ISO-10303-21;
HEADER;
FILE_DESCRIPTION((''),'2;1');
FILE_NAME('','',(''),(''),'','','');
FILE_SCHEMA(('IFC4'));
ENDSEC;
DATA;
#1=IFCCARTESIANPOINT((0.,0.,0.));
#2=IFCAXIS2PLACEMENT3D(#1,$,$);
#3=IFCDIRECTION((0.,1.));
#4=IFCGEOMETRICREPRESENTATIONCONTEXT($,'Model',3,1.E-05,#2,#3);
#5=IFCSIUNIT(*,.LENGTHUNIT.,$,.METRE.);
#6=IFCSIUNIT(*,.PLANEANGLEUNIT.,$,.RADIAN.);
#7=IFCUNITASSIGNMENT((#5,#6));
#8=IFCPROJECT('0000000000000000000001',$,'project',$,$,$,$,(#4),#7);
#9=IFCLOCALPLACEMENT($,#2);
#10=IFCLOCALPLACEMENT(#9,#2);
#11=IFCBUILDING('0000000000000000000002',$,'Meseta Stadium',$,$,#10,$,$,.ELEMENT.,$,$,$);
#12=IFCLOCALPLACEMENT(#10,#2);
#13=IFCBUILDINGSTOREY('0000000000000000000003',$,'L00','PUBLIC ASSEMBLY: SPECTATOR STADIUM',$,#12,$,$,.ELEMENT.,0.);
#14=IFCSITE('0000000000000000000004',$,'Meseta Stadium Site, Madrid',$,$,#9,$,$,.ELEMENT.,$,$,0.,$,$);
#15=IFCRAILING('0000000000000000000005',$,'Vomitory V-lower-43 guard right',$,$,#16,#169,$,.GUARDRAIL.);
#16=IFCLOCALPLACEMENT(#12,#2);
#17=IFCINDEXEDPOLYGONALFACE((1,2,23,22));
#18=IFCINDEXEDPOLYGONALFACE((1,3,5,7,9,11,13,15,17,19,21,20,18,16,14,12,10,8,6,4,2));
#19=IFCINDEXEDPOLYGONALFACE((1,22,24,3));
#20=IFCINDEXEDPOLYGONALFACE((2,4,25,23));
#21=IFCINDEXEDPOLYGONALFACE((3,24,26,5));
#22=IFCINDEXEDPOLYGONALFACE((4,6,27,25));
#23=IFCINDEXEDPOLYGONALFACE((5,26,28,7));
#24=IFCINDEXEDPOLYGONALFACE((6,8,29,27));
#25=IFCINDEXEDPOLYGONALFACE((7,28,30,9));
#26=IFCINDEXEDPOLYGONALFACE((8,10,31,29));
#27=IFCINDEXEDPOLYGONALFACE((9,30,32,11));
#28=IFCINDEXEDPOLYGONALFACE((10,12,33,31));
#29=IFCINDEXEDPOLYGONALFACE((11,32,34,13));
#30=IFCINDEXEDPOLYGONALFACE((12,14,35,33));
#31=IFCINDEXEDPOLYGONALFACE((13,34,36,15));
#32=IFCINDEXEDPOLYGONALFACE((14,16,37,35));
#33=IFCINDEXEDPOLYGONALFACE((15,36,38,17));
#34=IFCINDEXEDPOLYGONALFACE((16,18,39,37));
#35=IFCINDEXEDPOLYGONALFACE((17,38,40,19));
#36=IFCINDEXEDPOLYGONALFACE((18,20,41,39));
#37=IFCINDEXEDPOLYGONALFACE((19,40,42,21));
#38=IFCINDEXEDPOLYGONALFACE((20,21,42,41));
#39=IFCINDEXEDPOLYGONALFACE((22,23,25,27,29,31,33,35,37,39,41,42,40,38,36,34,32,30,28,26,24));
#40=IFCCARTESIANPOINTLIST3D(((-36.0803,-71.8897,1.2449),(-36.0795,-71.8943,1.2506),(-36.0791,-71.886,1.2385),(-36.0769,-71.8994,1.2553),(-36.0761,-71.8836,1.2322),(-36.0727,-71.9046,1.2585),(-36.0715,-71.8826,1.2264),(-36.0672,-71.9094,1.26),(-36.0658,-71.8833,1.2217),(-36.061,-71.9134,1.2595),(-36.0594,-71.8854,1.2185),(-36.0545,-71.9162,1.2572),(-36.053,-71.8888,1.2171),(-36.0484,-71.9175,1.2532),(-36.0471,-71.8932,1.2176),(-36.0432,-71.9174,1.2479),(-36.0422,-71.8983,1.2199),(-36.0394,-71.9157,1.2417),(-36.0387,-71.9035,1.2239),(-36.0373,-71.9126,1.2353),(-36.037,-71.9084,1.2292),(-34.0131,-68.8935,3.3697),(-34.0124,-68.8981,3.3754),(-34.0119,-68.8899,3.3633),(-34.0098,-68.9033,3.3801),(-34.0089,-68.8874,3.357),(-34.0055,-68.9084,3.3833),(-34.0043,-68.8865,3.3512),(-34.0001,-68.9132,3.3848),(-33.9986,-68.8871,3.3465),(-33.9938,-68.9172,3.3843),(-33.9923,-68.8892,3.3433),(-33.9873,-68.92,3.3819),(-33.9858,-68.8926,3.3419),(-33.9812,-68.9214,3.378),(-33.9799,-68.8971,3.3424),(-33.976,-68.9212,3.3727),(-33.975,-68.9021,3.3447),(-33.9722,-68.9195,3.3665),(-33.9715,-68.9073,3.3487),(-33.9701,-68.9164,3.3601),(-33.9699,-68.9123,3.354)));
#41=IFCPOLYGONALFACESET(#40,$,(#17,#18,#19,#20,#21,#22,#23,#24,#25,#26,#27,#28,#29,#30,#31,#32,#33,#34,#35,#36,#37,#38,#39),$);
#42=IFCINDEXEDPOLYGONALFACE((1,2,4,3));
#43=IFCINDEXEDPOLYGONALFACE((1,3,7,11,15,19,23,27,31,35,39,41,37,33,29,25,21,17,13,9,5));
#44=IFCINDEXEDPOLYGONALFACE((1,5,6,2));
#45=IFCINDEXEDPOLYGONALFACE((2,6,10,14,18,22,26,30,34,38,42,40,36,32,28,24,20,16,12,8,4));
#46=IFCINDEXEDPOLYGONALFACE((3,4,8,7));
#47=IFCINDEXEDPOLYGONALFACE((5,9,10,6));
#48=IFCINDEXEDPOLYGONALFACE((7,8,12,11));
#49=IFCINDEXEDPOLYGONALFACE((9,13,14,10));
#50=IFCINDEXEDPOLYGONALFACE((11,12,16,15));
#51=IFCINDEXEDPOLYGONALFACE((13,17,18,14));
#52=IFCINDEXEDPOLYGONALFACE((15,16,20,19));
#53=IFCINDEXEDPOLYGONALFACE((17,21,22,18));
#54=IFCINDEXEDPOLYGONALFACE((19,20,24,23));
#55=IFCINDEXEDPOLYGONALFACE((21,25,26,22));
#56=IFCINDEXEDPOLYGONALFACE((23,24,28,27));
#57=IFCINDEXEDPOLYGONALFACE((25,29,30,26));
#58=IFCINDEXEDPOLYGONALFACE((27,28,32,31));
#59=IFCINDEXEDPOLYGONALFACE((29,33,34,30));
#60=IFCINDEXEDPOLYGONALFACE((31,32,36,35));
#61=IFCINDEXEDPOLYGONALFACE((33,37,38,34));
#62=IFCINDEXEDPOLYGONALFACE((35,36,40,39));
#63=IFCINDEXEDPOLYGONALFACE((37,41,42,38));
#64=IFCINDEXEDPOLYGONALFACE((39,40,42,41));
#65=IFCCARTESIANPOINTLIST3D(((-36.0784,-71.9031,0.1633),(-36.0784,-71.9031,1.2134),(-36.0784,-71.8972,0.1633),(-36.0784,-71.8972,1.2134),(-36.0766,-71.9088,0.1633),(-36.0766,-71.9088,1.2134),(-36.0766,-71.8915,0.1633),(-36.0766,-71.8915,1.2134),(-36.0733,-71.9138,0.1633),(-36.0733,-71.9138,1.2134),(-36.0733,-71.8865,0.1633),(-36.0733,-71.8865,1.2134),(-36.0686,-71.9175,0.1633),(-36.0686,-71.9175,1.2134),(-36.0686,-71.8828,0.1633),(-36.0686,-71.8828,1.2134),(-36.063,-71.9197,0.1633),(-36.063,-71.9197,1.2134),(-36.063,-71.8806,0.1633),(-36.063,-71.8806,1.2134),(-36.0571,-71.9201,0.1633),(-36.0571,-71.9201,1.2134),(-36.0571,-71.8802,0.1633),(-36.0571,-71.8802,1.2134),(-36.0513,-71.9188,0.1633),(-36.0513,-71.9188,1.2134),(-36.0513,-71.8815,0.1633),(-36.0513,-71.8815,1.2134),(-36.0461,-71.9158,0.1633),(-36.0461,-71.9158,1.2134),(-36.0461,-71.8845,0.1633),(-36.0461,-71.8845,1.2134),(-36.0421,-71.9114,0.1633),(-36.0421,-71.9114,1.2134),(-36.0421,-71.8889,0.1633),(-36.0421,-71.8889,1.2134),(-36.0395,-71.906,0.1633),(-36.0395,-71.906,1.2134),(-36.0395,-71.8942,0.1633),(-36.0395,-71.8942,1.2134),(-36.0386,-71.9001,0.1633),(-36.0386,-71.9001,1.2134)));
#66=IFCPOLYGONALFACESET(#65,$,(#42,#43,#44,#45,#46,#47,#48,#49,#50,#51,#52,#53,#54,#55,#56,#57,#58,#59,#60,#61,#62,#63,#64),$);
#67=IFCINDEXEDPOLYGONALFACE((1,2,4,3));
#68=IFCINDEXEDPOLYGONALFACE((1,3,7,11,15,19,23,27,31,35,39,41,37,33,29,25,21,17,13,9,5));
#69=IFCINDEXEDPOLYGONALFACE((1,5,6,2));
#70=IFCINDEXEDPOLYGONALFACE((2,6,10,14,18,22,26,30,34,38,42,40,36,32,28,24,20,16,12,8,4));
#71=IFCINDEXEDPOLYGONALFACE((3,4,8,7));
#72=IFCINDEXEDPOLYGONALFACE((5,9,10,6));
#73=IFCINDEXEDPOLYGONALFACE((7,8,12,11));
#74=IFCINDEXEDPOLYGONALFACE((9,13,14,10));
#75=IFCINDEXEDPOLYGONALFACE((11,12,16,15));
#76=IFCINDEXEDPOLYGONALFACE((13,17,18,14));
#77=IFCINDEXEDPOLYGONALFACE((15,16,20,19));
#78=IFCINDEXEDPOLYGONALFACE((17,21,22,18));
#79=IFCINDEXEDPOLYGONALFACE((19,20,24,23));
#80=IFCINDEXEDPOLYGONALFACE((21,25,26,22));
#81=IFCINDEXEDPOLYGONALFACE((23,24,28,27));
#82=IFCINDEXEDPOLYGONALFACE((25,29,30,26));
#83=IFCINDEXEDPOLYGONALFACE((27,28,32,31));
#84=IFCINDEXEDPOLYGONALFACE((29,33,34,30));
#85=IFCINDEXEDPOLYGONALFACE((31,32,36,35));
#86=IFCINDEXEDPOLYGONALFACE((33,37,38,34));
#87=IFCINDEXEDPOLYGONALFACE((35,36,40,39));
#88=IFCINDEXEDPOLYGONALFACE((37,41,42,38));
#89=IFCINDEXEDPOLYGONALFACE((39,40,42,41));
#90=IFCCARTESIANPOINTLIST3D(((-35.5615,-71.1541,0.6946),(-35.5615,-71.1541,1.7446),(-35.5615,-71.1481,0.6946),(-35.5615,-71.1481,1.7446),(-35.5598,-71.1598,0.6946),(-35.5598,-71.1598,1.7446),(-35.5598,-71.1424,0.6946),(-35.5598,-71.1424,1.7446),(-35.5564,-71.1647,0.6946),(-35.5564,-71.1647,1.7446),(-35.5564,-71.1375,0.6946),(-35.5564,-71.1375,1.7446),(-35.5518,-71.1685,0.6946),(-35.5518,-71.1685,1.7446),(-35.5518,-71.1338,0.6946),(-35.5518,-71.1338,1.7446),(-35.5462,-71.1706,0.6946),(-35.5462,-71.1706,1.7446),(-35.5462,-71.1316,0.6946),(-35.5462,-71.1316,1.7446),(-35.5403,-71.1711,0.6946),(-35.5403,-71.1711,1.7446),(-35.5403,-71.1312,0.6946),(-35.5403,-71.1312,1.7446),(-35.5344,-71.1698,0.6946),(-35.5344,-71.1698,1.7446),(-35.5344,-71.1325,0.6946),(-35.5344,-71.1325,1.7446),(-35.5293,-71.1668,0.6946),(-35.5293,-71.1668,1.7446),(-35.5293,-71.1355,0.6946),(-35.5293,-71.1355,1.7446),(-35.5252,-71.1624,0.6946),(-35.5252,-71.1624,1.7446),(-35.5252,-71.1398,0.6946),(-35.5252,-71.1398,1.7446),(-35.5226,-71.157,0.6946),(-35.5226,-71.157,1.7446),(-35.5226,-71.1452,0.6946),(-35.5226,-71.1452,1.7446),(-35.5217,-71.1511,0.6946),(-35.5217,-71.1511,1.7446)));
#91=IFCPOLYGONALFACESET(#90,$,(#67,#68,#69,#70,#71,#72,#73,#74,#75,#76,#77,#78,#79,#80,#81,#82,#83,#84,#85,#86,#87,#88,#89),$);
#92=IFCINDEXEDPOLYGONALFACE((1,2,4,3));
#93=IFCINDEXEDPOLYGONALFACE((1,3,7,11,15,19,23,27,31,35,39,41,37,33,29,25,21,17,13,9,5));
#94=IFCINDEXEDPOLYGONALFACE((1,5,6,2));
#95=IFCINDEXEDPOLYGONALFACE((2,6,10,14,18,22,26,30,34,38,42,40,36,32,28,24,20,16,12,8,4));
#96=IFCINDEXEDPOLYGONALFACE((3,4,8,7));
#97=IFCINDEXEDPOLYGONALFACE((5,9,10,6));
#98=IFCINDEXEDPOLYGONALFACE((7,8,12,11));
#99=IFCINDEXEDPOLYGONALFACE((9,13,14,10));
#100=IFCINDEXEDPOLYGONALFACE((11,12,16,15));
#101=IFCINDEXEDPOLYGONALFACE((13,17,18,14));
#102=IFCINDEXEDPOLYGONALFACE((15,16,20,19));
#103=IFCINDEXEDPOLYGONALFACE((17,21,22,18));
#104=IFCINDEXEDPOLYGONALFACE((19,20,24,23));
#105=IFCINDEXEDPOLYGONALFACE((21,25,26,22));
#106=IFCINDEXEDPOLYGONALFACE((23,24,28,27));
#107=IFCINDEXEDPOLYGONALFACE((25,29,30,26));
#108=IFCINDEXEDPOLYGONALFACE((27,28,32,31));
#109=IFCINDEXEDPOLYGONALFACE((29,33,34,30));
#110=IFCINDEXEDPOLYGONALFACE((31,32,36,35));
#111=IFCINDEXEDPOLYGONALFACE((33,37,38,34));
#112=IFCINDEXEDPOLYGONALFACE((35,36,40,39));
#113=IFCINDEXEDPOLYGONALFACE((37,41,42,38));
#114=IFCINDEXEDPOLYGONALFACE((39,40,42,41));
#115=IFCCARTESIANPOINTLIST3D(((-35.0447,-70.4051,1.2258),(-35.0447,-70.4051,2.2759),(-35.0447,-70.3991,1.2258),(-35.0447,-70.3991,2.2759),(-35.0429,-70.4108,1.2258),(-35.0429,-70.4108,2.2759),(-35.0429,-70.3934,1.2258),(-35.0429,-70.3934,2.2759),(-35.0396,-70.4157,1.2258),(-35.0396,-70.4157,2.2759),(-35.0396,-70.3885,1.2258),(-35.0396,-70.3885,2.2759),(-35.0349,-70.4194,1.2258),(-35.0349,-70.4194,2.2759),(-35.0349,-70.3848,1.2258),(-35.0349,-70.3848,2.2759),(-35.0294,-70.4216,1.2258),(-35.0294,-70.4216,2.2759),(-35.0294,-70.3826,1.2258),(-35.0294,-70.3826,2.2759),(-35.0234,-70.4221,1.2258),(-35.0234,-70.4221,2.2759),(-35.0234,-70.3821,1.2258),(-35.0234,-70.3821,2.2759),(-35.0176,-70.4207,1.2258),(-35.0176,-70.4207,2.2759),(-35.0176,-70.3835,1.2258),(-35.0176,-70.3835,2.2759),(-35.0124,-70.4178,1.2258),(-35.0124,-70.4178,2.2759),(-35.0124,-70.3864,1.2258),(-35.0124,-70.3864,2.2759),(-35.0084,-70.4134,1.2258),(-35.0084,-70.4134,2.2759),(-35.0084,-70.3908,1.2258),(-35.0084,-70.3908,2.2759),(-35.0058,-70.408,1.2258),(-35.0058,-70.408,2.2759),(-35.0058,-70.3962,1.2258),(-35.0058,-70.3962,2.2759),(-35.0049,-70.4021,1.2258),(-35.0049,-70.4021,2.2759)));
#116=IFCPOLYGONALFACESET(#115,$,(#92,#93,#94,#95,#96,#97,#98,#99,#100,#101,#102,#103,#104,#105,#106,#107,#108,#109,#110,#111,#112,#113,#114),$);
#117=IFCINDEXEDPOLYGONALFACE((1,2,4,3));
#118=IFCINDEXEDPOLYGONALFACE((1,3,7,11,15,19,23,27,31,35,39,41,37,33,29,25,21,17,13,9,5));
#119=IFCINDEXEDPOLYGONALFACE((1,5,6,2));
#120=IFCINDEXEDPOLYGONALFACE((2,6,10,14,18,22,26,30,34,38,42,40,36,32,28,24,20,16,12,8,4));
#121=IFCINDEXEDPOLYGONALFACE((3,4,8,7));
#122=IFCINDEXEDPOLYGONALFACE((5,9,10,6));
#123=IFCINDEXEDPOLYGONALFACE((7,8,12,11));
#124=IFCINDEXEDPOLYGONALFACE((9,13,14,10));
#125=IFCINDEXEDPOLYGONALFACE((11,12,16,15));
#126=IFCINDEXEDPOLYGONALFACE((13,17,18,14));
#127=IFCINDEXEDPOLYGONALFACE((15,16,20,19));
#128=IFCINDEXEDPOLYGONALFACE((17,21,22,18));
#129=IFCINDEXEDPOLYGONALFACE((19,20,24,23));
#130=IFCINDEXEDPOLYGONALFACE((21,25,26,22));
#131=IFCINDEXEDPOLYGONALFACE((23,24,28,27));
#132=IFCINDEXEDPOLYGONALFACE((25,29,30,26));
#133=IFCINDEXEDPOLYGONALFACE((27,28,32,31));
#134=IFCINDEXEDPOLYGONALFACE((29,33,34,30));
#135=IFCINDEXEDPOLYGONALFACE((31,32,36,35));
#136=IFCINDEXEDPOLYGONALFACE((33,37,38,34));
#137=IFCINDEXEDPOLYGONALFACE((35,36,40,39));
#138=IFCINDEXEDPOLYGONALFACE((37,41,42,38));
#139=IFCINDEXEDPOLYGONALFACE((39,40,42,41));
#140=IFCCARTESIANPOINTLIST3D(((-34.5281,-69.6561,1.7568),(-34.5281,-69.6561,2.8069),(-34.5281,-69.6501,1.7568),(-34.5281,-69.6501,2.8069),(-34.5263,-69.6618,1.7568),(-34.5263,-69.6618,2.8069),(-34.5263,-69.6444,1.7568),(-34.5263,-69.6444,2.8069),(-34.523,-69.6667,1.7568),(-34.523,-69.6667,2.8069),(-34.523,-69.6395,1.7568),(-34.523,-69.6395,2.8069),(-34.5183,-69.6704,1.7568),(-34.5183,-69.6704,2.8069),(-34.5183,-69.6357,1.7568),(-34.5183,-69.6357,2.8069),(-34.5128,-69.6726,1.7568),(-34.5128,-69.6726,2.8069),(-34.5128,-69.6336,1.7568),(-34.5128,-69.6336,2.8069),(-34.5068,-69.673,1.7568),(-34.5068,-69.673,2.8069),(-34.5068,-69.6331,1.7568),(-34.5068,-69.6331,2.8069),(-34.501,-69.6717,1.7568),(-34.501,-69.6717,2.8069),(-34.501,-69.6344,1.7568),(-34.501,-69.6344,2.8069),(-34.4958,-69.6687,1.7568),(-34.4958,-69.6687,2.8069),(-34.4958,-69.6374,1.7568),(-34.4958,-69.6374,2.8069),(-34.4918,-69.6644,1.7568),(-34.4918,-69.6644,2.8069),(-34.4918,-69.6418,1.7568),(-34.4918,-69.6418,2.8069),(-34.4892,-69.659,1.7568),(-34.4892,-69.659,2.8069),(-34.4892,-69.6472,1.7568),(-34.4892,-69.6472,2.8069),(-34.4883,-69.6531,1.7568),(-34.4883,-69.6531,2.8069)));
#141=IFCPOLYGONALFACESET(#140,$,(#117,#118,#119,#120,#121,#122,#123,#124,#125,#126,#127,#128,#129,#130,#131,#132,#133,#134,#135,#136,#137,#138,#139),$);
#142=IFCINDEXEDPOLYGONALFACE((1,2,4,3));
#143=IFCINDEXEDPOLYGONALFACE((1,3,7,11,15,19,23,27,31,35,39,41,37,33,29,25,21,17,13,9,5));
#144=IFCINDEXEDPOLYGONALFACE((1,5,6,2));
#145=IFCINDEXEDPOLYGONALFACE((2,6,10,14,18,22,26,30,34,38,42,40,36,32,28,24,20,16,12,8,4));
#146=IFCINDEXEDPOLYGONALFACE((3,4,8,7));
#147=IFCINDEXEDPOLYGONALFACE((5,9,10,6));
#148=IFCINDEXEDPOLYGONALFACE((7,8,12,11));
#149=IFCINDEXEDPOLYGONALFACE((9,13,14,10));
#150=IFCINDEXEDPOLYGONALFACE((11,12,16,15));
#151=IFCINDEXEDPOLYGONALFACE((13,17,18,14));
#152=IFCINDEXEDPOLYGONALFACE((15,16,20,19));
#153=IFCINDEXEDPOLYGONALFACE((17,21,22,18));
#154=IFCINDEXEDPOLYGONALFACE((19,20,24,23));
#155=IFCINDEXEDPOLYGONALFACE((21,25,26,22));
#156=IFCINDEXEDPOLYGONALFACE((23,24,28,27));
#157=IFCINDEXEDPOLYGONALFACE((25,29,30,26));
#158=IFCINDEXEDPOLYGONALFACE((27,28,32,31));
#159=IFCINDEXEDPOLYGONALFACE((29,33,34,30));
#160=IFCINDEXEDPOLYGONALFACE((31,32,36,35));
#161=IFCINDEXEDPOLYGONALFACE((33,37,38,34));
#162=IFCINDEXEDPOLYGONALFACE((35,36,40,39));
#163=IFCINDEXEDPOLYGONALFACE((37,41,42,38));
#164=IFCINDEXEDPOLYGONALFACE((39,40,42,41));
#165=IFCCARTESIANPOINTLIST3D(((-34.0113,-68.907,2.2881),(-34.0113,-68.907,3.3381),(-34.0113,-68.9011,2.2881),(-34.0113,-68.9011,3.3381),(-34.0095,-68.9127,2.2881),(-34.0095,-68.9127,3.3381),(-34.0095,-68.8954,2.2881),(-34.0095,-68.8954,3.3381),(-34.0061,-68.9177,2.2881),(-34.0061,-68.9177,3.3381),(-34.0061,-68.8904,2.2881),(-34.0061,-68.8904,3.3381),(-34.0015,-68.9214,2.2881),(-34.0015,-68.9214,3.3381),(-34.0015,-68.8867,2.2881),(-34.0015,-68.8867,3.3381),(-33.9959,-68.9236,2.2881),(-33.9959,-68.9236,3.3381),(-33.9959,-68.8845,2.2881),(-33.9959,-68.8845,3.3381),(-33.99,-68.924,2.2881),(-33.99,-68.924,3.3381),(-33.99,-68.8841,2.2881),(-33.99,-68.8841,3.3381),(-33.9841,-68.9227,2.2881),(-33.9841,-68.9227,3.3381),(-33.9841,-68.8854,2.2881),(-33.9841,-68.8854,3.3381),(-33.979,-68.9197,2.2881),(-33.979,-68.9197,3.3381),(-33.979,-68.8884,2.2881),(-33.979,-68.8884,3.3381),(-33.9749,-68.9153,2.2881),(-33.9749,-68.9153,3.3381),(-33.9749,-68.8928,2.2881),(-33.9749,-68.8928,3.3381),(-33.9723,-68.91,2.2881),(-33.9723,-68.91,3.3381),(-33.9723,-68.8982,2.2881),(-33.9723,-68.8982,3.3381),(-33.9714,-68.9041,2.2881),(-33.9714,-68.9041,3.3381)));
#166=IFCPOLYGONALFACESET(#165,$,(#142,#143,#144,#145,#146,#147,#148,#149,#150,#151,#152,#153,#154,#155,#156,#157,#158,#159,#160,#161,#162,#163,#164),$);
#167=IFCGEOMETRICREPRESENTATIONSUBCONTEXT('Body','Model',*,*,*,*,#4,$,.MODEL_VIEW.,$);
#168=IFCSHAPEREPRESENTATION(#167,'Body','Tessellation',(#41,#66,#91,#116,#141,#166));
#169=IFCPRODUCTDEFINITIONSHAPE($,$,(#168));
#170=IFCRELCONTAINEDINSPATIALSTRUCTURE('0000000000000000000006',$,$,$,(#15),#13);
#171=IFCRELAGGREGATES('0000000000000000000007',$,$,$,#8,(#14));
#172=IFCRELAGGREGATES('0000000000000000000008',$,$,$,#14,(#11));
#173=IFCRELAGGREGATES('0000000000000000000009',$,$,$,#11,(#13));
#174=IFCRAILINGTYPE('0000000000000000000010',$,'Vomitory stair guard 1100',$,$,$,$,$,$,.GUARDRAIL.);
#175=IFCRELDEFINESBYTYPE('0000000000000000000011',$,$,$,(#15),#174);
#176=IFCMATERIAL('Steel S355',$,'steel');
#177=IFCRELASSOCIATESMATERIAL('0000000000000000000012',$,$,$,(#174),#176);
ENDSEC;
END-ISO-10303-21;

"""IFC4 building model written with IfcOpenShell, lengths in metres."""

from ifc_helpers import new_model, si_unit, direction, frame, origin, origin_2d, place, context, subcontext, project, spatial, circle, extrude, material, type_object, element, save


model = new_model("IFC4")

# Units and contexts
model_context = context("Model", 3, precision=1e-05, world=origin(), true_north=direction((0.0, 1.0)))
body_context = subcontext(model_context, "Body", "Model", "MODEL_VIEW")
ifc_project = project(units=[si_unit("LENGTHUNIT", "METRE"), si_unit("PLANEANGLEUNIT", "RADIAN")], contexts=[model_context])

# Site, building, storey
site_placement = place(None, origin())
site = spatial("IfcSite", under=ifc_project, at=site_placement, Name="Meseta Stadium Site, Madrid", CompositionType="ELEMENT", RefElevation=0.0)
building_placement = place(site_placement, origin())
building = spatial("IfcBuilding", under=site, at=building_placement, Name="Meseta Stadium", CompositionType="ELEMENT")
storey_placement = place(building_placement, origin())
storey = spatial("IfcBuildingStorey", under=building, at=storey_placement, Name="L00", Description="PUBLIC ASSEMBLY: SPECTATOR STADIUM", CompositionType="ELEMENT", Elevation=0.0)

# Railing
ifc_material_1 = material(Name="Steel S355", Category="steel")
railing_type_1 = type_object("IfcRailingType", Name="Vomitory stair guard 1100", PredefinedType="GUARDRAIL", material=ifc_material_1)
railing_1_placement = place(storey_placement, frame((-36.0586, -71.9001, 0.1633)))
element("IfcRailing", 1, at=railing_1_placement, inside=storey, type_object=railing_type_1, Name="Vomitory V-lower-43 guard right", PredefinedType="GUARDRAIL", context=body_context, shape_type="SweptSolid", body=[
    extrude(circle(Radius=0.0249, at=origin_2d()), frame((0.0, 0.0, 1.0752), z_axis=(0.490452, 0.710857, 0.504122), x_axis=(-0.823101, 0.567894, 0.0)), (0.0, 0.0, 1.0), 4.2148),
    extrude(circle(Radius=0.02, at=origin_2d()), origin(), (0.0, 0.0, 1.0), 1.05),
    extrude(circle(Radius=0.02, at=origin_2d()), frame((0.5168, 0.749, 0.5312)), (0.0, 0.0, 1.0), 1.05),
    extrude(circle(Radius=0.02, at=origin_2d()), frame((1.0337, 1.498, 1.0625)), (0.0, 0.0, 1.0), 1.05),
    extrude(circle(Radius=0.02, at=origin_2d()), frame((1.5503, 2.2471, 1.5935)), (0.0, 0.0, 1.0), 1.05),
    extrude(circle(Radius=0.02, at=origin_2d()), frame((2.0671, 2.9961, 2.1248)), (0.0, 0.0, 1.0), 1.05),
])

save(model, "model.ifc")
